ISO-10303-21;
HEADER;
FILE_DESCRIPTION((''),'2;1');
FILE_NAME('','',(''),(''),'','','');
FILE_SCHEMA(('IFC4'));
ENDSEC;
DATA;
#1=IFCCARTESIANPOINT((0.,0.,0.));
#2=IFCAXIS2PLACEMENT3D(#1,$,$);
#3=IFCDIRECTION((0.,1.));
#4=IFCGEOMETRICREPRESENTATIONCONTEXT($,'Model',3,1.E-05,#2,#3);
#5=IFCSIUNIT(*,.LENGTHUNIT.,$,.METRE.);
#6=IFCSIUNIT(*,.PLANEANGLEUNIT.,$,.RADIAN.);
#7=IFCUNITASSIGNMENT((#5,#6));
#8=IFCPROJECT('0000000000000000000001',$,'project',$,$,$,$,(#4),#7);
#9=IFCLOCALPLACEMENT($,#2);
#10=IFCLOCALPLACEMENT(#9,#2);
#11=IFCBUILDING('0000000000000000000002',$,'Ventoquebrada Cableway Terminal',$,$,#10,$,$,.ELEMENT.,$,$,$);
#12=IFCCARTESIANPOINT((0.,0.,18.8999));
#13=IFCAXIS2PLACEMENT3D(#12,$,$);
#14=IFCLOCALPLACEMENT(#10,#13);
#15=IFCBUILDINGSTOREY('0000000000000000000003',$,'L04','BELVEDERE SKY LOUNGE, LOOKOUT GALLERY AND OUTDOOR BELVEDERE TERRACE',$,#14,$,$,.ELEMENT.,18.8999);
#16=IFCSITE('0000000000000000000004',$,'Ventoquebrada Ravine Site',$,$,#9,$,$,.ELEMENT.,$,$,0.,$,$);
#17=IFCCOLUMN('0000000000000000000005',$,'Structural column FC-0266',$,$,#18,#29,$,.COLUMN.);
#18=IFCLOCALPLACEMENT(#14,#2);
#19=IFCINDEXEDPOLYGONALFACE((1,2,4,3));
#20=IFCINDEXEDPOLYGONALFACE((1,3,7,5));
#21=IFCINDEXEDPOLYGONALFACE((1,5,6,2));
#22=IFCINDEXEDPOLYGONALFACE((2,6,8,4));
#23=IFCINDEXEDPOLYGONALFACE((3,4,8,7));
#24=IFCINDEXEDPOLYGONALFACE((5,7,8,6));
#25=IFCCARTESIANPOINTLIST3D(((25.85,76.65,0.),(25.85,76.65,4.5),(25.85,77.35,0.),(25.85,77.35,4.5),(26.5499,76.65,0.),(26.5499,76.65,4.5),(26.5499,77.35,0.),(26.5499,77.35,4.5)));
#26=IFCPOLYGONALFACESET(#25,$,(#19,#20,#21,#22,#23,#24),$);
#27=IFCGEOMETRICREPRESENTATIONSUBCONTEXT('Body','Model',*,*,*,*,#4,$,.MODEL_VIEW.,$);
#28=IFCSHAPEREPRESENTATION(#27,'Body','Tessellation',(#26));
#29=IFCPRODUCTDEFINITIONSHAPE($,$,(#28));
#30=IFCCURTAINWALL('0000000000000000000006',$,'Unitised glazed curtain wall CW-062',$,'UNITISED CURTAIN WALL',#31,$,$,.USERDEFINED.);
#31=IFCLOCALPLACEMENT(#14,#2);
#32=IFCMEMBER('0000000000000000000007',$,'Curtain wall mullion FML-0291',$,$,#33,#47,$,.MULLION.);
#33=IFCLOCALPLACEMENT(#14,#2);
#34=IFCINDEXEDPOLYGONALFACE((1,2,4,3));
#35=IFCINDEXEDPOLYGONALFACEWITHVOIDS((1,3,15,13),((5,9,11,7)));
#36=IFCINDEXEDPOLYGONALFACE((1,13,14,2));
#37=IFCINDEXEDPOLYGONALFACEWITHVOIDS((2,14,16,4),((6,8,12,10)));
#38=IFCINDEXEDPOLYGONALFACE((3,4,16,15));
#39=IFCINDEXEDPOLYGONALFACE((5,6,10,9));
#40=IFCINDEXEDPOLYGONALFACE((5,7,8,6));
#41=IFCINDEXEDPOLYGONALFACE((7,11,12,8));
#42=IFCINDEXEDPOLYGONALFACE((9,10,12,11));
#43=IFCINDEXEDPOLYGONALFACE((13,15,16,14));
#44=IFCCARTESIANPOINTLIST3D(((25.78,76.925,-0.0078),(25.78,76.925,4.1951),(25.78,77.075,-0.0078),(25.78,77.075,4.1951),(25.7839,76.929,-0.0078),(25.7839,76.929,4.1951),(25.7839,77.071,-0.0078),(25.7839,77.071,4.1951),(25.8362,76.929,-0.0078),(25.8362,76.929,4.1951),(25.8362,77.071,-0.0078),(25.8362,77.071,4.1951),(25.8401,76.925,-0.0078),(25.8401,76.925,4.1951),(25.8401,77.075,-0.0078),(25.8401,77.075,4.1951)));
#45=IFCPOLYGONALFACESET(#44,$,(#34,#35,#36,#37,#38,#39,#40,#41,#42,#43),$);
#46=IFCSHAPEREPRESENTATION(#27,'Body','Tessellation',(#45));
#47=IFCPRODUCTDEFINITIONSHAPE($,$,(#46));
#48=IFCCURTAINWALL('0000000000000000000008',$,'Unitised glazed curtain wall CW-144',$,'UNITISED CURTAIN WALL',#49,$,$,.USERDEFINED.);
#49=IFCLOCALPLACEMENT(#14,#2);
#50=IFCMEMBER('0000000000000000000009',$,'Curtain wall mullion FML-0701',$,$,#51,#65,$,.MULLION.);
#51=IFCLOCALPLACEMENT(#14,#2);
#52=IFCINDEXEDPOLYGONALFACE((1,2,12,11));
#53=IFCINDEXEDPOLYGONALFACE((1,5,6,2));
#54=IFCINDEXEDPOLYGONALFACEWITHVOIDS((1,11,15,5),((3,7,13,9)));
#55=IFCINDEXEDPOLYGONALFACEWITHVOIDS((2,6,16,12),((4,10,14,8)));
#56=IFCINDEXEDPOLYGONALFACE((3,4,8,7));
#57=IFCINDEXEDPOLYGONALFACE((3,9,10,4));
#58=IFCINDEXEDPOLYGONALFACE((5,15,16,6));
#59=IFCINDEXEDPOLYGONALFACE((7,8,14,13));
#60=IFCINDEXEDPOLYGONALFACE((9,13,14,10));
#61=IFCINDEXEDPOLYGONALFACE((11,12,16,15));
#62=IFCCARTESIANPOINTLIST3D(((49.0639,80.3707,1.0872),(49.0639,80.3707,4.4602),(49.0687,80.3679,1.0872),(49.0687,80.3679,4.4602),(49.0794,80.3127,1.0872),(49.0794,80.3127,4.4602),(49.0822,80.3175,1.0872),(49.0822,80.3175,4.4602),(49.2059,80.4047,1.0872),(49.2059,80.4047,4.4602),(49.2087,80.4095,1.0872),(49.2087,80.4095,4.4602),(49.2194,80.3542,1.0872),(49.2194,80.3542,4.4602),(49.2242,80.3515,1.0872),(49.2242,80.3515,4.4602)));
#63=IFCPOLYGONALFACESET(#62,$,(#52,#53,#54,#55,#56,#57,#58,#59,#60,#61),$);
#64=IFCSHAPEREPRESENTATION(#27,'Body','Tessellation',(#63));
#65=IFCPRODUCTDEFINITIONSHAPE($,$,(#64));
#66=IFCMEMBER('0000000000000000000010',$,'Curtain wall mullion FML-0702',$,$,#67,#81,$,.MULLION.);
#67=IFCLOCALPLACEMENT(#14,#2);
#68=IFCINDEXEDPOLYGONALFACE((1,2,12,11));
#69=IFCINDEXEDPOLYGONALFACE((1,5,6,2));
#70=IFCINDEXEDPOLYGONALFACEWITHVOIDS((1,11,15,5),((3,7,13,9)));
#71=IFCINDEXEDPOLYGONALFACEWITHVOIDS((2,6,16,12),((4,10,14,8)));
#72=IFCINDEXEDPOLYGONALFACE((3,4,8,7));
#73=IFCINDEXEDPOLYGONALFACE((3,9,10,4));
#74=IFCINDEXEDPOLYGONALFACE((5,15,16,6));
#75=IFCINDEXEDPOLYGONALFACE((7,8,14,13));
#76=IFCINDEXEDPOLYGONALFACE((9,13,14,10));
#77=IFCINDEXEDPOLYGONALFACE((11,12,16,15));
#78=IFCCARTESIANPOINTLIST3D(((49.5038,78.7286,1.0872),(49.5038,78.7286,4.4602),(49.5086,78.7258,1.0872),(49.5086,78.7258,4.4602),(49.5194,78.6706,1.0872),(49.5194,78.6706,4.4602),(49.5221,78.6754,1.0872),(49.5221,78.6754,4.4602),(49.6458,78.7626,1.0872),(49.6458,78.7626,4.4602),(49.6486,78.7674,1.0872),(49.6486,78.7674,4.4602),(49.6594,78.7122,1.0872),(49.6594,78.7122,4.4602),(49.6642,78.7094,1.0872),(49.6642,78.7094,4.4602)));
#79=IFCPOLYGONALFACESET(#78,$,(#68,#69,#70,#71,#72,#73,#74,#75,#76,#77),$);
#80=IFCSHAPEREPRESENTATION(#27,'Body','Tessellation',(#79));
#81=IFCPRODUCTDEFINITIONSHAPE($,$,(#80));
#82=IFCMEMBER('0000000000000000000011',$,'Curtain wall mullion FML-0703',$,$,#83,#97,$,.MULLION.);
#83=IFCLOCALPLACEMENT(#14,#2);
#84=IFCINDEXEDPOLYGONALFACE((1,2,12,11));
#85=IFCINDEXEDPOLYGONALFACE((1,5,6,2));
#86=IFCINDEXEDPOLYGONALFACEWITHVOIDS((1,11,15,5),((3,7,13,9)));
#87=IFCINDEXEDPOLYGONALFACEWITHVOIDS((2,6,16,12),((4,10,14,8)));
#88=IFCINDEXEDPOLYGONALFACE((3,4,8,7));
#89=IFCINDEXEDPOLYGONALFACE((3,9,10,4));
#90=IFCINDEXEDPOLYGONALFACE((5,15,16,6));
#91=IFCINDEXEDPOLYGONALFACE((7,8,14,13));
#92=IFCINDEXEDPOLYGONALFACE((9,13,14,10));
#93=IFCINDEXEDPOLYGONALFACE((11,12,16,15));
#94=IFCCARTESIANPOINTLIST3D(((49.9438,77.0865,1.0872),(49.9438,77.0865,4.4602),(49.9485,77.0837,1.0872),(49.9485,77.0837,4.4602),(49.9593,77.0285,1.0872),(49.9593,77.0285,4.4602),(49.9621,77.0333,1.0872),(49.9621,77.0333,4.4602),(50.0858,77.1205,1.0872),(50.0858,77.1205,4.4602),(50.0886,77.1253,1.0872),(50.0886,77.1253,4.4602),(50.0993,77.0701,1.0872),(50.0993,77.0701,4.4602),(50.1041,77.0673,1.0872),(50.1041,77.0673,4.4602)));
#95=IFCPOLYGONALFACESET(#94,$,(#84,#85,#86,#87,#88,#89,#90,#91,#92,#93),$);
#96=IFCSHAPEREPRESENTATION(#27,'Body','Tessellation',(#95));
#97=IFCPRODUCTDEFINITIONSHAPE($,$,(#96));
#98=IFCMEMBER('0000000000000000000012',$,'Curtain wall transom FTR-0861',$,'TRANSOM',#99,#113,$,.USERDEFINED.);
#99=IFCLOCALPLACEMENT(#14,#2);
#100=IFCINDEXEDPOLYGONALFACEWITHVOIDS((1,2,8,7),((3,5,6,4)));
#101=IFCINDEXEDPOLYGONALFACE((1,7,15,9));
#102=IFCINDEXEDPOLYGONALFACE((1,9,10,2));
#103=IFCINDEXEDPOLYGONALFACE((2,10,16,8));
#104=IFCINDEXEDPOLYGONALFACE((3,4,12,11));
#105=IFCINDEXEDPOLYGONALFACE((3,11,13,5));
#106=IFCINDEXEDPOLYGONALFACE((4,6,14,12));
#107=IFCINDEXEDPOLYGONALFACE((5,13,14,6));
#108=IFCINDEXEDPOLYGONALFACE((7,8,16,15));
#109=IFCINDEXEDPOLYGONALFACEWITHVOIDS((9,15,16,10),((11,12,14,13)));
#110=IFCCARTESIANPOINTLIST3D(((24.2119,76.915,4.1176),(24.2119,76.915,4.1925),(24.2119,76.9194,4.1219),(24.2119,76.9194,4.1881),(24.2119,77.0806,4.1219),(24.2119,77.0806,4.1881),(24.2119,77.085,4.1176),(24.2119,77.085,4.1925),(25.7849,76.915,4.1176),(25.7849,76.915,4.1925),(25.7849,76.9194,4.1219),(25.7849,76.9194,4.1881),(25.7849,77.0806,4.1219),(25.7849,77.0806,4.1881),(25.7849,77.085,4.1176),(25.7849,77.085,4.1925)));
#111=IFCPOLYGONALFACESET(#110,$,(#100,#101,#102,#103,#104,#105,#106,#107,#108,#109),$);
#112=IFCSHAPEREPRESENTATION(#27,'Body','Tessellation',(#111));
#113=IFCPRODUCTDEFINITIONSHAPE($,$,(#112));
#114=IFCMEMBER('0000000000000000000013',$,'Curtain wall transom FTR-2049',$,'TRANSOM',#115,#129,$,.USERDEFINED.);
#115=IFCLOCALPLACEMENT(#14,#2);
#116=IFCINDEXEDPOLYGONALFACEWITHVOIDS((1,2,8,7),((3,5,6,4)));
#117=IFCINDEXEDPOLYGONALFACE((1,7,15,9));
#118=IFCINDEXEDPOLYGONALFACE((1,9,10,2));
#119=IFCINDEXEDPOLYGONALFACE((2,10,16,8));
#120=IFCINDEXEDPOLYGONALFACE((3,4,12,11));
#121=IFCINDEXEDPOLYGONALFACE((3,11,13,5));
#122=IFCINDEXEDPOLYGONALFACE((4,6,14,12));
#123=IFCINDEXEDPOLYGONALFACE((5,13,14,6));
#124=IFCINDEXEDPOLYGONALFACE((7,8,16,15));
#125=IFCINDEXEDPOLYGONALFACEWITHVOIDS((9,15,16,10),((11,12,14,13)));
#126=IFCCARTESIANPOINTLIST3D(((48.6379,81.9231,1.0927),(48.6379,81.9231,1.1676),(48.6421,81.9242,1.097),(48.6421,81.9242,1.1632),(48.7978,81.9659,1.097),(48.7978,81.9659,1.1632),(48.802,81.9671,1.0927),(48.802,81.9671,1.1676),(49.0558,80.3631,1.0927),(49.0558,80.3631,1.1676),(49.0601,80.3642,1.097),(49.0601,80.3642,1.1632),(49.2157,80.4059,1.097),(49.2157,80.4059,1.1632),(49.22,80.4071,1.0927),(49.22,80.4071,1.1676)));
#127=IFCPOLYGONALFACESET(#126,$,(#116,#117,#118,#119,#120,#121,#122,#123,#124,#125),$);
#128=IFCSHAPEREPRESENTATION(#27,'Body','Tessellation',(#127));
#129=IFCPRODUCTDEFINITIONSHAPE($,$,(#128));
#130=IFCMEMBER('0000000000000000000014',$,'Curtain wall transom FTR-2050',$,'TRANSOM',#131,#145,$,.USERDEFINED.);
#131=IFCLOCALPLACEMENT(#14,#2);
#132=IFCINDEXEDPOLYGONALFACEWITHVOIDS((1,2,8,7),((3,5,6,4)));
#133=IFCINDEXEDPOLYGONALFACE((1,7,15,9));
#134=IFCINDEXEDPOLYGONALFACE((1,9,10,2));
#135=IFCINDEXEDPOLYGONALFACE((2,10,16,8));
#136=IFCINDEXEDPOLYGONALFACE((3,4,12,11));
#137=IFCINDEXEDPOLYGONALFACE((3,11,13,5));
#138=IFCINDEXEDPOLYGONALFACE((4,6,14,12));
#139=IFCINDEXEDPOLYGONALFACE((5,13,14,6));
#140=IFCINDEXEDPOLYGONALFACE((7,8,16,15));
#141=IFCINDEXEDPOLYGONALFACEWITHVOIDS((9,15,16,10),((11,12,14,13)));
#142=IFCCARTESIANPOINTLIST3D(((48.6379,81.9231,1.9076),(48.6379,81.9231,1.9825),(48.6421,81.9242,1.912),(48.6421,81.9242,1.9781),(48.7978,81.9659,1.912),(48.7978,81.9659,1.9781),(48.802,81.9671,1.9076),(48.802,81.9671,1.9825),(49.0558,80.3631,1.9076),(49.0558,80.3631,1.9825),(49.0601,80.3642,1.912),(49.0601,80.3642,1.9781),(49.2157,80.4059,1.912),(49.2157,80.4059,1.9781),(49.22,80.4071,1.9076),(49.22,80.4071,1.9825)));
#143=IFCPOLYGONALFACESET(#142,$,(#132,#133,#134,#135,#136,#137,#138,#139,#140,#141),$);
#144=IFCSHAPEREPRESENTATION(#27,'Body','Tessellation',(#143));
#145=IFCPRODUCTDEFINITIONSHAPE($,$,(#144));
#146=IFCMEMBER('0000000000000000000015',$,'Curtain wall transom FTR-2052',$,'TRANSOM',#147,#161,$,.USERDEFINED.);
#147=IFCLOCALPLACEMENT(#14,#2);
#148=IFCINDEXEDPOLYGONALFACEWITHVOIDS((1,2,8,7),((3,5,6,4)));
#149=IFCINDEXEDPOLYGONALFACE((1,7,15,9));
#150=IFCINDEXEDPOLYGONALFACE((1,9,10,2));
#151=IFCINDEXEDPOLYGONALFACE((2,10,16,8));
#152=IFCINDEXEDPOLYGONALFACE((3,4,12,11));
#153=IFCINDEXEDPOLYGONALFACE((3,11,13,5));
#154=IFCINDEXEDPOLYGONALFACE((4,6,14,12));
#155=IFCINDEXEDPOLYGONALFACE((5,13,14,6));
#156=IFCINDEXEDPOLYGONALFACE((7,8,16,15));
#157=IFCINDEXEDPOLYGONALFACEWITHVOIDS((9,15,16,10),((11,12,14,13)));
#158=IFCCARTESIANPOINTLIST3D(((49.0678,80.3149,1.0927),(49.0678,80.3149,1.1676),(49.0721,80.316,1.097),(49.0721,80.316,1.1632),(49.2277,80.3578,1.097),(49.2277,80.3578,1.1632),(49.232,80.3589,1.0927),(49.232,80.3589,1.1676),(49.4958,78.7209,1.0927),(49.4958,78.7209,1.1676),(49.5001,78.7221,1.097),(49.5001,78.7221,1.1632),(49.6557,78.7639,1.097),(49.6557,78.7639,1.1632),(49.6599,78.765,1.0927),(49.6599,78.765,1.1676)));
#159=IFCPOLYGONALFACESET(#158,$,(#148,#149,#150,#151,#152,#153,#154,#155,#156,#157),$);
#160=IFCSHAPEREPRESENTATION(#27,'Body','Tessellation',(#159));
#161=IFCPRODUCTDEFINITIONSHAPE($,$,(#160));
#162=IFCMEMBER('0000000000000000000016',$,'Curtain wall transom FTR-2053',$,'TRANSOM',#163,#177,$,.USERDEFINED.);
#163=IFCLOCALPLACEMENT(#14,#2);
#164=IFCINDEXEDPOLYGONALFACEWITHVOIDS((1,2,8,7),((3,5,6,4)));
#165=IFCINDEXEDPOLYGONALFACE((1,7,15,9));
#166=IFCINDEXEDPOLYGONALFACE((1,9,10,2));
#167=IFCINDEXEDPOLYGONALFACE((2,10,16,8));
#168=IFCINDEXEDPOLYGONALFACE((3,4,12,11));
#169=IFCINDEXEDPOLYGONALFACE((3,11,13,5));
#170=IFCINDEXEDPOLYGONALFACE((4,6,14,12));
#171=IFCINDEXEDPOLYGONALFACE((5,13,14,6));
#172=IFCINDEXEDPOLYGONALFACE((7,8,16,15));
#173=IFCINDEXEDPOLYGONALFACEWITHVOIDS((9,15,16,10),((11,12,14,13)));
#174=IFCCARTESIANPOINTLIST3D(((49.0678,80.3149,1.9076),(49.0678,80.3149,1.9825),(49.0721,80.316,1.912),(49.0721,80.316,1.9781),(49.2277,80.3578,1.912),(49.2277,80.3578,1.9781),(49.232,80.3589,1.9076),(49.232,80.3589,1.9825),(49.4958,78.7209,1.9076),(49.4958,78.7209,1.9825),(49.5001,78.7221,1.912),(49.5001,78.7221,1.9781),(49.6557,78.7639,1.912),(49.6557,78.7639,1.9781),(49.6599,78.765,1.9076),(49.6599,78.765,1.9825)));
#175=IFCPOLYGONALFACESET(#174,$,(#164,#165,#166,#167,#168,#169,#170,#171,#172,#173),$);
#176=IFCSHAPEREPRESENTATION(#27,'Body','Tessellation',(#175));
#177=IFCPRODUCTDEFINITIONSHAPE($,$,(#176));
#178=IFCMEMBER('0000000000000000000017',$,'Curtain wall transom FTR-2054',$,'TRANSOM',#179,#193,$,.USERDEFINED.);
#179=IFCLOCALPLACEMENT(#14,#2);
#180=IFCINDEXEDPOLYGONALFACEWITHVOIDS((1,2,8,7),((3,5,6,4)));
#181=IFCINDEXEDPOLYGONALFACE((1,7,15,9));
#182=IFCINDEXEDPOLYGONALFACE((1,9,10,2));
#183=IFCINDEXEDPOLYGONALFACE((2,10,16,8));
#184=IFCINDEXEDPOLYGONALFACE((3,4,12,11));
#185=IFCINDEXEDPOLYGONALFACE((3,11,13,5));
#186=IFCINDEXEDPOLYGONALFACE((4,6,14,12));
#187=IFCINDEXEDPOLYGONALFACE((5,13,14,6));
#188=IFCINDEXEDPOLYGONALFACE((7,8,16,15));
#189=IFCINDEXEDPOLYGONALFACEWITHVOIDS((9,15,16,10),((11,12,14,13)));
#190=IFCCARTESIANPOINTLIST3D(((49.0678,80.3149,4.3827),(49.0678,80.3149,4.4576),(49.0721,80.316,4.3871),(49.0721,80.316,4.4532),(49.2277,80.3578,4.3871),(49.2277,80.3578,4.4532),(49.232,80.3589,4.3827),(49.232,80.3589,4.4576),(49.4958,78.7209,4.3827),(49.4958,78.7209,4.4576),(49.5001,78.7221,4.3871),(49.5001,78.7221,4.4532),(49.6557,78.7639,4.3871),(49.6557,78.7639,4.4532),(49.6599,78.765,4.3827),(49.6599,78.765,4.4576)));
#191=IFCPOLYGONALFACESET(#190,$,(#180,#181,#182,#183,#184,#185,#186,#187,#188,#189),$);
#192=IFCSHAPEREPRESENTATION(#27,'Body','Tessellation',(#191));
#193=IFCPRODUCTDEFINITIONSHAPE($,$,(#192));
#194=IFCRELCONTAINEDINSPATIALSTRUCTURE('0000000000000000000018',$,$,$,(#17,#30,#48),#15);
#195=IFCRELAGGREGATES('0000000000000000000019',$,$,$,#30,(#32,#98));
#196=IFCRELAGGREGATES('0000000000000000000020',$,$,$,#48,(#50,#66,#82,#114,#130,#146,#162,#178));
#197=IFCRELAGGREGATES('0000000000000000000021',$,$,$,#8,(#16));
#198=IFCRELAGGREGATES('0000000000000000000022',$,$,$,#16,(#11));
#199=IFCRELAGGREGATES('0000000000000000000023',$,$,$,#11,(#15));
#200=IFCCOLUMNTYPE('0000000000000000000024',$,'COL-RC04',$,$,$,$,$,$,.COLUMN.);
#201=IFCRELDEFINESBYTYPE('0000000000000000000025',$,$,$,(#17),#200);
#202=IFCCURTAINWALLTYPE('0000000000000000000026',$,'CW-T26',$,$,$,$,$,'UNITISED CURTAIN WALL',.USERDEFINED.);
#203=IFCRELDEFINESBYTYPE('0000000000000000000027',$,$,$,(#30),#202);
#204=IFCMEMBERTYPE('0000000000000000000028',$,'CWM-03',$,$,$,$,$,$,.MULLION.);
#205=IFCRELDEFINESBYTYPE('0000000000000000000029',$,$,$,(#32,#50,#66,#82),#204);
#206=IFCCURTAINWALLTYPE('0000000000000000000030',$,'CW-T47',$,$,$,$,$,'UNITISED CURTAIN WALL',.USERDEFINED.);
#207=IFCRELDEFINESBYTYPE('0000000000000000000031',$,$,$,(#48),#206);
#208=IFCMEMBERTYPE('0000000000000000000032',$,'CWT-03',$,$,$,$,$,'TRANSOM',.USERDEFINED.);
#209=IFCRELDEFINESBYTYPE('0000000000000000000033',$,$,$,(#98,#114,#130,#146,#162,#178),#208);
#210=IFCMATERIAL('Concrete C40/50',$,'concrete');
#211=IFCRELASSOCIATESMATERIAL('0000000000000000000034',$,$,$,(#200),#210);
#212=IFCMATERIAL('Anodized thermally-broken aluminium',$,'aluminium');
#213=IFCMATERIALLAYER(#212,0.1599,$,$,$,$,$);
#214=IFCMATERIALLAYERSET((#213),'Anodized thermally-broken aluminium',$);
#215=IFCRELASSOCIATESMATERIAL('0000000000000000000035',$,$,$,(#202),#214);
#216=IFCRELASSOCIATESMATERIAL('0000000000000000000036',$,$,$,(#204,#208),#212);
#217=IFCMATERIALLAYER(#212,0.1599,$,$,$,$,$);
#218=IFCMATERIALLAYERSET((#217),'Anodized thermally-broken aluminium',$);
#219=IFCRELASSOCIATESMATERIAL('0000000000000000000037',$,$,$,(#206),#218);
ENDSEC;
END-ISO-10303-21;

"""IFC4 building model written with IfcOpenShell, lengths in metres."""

from ifc_helpers import new_model, si_unit, direction, frame, origin, origin_2d, place, context, subcontext, project, spatial, rectangle, hollow_rectangle, extrude, material, layer, layer_set, material_profile, profile_set, type_object, element, aggregate, save


model = new_model("IFC4")

# Units and contexts
model_context = context("Model", 3, precision=1e-05, world=origin(), true_north=direction((0.0, 1.0)))
body_context = subcontext(model_context, "Body", "Model", "MODEL_VIEW")
ifc_project = project(units=[si_unit("LENGTHUNIT", "METRE"), si_unit("PLANEANGLEUNIT", "RADIAN")], contexts=[model_context])

# Site, building, storey
site_placement = place(None, origin())
site = spatial("IfcSite", under=ifc_project, at=site_placement, Name="Ventoquebrada Ravine Site", CompositionType="ELEMENT", RefElevation=0.0)
building_placement = place(site_placement, origin())
building = spatial("IfcBuilding", under=site, at=building_placement, Name="Ventoquebrada Cableway Terminal", CompositionType="ELEMENT")
storey_placement = place(building_placement, frame((0.0, 0.0, 18.8999)))
storey = spatial("IfcBuildingStorey", under=building, at=storey_placement, Name="L04", Description="BELVEDERE SKY LOUNGE, LOOKOUT GALLERY AND OUTDOOR BELVEDERE TERRACE", CompositionType="ELEMENT", Elevation=18.8999)

# Column
ifc_material_1 = material(Name="Concrete C40/50", Category="concrete")
ifc_material_profile_1 = material_profile(ifc_material_1, rectangle(XDim=0.7, YDim=0.7, at=origin_2d()), Name="RC-COL-700X700")
ifc_profile_set_1 = profile_set([ifc_material_profile_1], Name="Concrete C40/50")
column_type = type_object("IfcColumnType", Name="COL-RC04", PredefinedType="COLUMN", material=ifc_profile_set_1)
column_placement = place(storey_placement, frame((26.2, 77.0, 0.0), z_axis=(0.0, 0.0, 1.0), x_axis=(1.0, 0.0, 0.0)))
element("IfcColumn", 1, at=column_placement, inside=storey, type_object=column_type, Name="Structural column FC-0266", PredefinedType="COLUMN", context=body_context, shape_type="SweptSolid", body=[
    extrude(rectangle(XDim=0.7, YDim=0.7, at=origin_2d()), origin(), (0.0, 0.0, 1.0), 4.5),
])

# Curtain wall, member
ifc_material_2 = material(Name="Anodized thermally-broken aluminium", Category="aluminium")
ifc_layer_1 = layer(ifc_material_2, 0.1599)
ifc_layer_set_1 = layer_set([ifc_layer_1], Name="Anodized thermally-broken aluminium")
curtain_wall_type_1 = type_object("IfcCurtainWallType", Name="CW-T26", ElementType="UNITISED CURTAIN WALL", PredefinedType="USERDEFINED", material=ifc_layer_set_1)
curtain_wall_1_placement = place(storey_placement, origin())
curtain_wall_1 = element("IfcCurtainWall", 2, at=curtain_wall_1_placement, inside=storey, type_object=curtain_wall_type_1, Name="Unitised glazed curtain wall CW-062", ObjectType="UNITISED CURTAIN WALL", PredefinedType="USERDEFINED")
ifc_material_profile_2 = material_profile(ifc_material_2, hollow_rectangle(XDim=0.0601, YDim=0.1499, WallThickness=0.0039, at=origin_2d()), Name="CW-MUL-60X150")
ifc_profile_set_2 = profile_set([ifc_material_profile_2], Name="Anodized thermally-broken aluminium")
member_type_1 = type_object("IfcMemberType", Name="CWM-03", PredefinedType="MULLION", material=ifc_profile_set_2)
member_1_placement = place(storey_placement, frame((25.8101, 77.0, -0.0078), z_axis=(0.0, 0.0, 1.0), x_axis=(1.0, 0.0, 0.0)))
member_1 = element("IfcMember", 3, at=member_1_placement, type_object=member_type_1, Name="Curtain wall mullion FML-0291", PredefinedType="MULLION", context=body_context, shape_type="SweptSolid", body=[
    extrude(hollow_rectangle(XDim=0.0601, YDim=0.1499, WallThickness=0.0039, at=origin_2d()), origin(), (0.0, 0.0, 1.0), 4.2029),
])

# Curtain wall, members
ifc_layer_2 = layer(ifc_material_2, 0.1599)
ifc_layer_set_2 = layer_set([ifc_layer_2], Name="Anodized thermally-broken aluminium")
curtain_wall_type_2 = type_object("IfcCurtainWallType", Name="CW-T47", ElementType="UNITISED CURTAIN WALL", PredefinedType="USERDEFINED", material=ifc_layer_set_2)
curtain_wall_2_placement = place(storey_placement, origin())
curtain_wall_2 = element("IfcCurtainWall", 4, at=curtain_wall_2_placement, inside=storey, type_object=curtain_wall_type_2, Name="Unitised glazed curtain wall CW-144", ObjectType="UNITISED CURTAIN WALL", PredefinedType="USERDEFINED")
member_2_placement = place(storey_placement, frame((49.144, 80.3611, 1.0872), z_axis=(0.0, 0.0, 1.0), x_axis=(0.258836, -0.965921, 0.0)))
member_2 = element("IfcMember", 5, at=member_2_placement, type_object=member_type_1, Name="Curtain wall mullion FML-0701", PredefinedType="MULLION", context=body_context, shape_type="SweptSolid", body=[
    extrude(hollow_rectangle(XDim=0.0601, YDim=0.1499, WallThickness=0.0039, at=origin_2d()), origin(), (0.0, 0.0, 1.0), 3.373),
])
member_3_placement = place(storey_placement, frame((49.584, 78.719, 1.0872), z_axis=(0.0, 0.0, 1.0), x_axis=(0.258836, -0.965921, 0.0)))
member_3 = element("IfcMember", 6, at=member_3_placement, type_object=member_type_1, Name="Curtain wall mullion FML-0702", PredefinedType="MULLION", context=body_context, shape_type="SweptSolid", body=[
    extrude(hollow_rectangle(XDim=0.0601, YDim=0.1499, WallThickness=0.0039, at=origin_2d()), origin(), (0.0, 0.0, 1.0), 3.373),
])
member_4_placement = place(storey_placement, frame((50.0239, 77.0769, 1.0872), z_axis=(0.0, 0.0, 1.0), x_axis=(0.258836, -0.965921, 0.0)))
member_4 = element("IfcMember", 7, at=member_4_placement, type_object=member_type_1, Name="Curtain wall mullion FML-0703", PredefinedType="MULLION", context=body_context, shape_type="SweptSolid", body=[
    extrude(hollow_rectangle(XDim=0.0601, YDim=0.1499, WallThickness=0.0039, at=origin_2d()), origin(), (0.0, 0.0, 1.0), 3.373),
])

# Members
ifc_material_profile_3 = material_profile(ifc_material_2, hollow_rectangle(XDim=0.075, YDim=0.1699, WallThickness=0.0044, at=origin_2d()), Name="CW-TRN-75X170")
ifc_profile_set_3 = profile_set([ifc_material_profile_3], Name="Anodized thermally-broken aluminium")
member_type_2 = type_object("IfcMemberType", Name="CWT-03", ElementType="TRANSOM", PredefinedType="USERDEFINED", material=ifc_profile_set_3)
member_5_placement = place(storey_placement, frame((24.2119, 77.0, 4.155), z_axis=(1.0, 0.0, 0.0), x_axis=(0.0, 0.0, 1.0)))
member_5 = element("IfcMember", 8, at=member_5_placement, type_object=member_type_2, Name="Curtain wall transom FTR-0861", ObjectType="TRANSOM", PredefinedType="USERDEFINED", context=body_context, shape_type="SweptSolid", body=[
    extrude(hollow_rectangle(XDim=0.075, YDim=0.1699, WallThickness=0.0044, at=origin_2d()), origin(), (0.0, 0.0, 1.0), 1.573),
])
member_6_placement = place(storey_placement, frame((48.72, 81.9451, 1.1301), z_axis=(0.258791, -0.965933, 0.0), x_axis=(0.0, 0.0, 1.0)))
member_6 = element("IfcMember", 9, at=member_6_placement, type_object=member_type_2, Name="Curtain wall transom FTR-2049", ObjectType="TRANSOM", PredefinedType="USERDEFINED", context=body_context, shape_type="SweptSolid", body=[
    extrude(hollow_rectangle(XDim=0.075, YDim=0.1699, WallThickness=0.0044, at=origin_2d()), origin(), (0.0, 0.0, 1.0), 1.615),
])
member_7_placement = place(storey_placement, frame((48.72, 81.9451, 1.9451), z_axis=(0.258791, -0.965933, 0.0), x_axis=(0.0, 0.0, 1.0)))
member_7 = element("IfcMember", 10, at=member_7_placement, type_object=member_type_2, Name="Curtain wall transom FTR-2050", ObjectType="TRANSOM", PredefinedType="USERDEFINED", context=body_context, shape_type="SweptSolid", body=[
    extrude(hollow_rectangle(XDim=0.075, YDim=0.1699, WallThickness=0.0044, at=origin_2d()), origin(), (0.0, 0.0, 1.0), 1.615),
])
member_8_placement = place(storey_placement, frame((49.1499, 80.3369, 1.1301), z_axis=(0.25931, -0.965794, 0.0), x_axis=(0.0, 0.0, 1.0)))
member_8 = element("IfcMember", 11, at=member_8_placement, type_object=member_type_2, Name="Curtain wall transom FTR-2052", ObjectType="TRANSOM", PredefinedType="USERDEFINED", context=body_context, shape_type="SweptSolid", body=[
    extrude(hollow_rectangle(XDim=0.075, YDim=0.1699, WallThickness=0.0044, at=origin_2d()), origin(), (0.0, 0.0, 1.0), 1.6504),
])
member_9_placement = place(storey_placement, frame((49.1499, 80.3369, 1.9451), z_axis=(0.25931, -0.965794, 0.0), x_axis=(0.0, 0.0, 1.0)))
member_9 = element("IfcMember", 12, at=member_9_placement, type_object=member_type_2, Name="Curtain wall transom FTR-2053", ObjectType="TRANSOM", PredefinedType="USERDEFINED", context=body_context, shape_type="SweptSolid", body=[
    extrude(hollow_rectangle(XDim=0.075, YDim=0.1699, WallThickness=0.0044, at=origin_2d()), origin(), (0.0, 0.0, 1.0), 1.6504),
])
member_10_placement = place(storey_placement, frame((49.1499, 80.3369, 4.4202), z_axis=(0.25931, -0.965794, 0.0), x_axis=(0.0, 0.0, 1.0)))
member_10 = element("IfcMember", 13, at=member_10_placement, type_object=member_type_2, Name="Curtain wall transom FTR-2054", ObjectType="TRANSOM", PredefinedType="USERDEFINED", context=body_context, shape_type="SweptSolid", body=[
    extrude(hollow_rectangle(XDim=0.075, YDim=0.1699, WallThickness=0.0044, at=origin_2d()), origin(), (0.0, 0.0, 1.0), 1.6504),
])

aggregate(curtain_wall_1, [member_1, member_5])
aggregate(curtain_wall_2, [member_2, member_3, member_4, member_6, member_7, member_8, member_9, member_10])

save(model, "model.ifc")
